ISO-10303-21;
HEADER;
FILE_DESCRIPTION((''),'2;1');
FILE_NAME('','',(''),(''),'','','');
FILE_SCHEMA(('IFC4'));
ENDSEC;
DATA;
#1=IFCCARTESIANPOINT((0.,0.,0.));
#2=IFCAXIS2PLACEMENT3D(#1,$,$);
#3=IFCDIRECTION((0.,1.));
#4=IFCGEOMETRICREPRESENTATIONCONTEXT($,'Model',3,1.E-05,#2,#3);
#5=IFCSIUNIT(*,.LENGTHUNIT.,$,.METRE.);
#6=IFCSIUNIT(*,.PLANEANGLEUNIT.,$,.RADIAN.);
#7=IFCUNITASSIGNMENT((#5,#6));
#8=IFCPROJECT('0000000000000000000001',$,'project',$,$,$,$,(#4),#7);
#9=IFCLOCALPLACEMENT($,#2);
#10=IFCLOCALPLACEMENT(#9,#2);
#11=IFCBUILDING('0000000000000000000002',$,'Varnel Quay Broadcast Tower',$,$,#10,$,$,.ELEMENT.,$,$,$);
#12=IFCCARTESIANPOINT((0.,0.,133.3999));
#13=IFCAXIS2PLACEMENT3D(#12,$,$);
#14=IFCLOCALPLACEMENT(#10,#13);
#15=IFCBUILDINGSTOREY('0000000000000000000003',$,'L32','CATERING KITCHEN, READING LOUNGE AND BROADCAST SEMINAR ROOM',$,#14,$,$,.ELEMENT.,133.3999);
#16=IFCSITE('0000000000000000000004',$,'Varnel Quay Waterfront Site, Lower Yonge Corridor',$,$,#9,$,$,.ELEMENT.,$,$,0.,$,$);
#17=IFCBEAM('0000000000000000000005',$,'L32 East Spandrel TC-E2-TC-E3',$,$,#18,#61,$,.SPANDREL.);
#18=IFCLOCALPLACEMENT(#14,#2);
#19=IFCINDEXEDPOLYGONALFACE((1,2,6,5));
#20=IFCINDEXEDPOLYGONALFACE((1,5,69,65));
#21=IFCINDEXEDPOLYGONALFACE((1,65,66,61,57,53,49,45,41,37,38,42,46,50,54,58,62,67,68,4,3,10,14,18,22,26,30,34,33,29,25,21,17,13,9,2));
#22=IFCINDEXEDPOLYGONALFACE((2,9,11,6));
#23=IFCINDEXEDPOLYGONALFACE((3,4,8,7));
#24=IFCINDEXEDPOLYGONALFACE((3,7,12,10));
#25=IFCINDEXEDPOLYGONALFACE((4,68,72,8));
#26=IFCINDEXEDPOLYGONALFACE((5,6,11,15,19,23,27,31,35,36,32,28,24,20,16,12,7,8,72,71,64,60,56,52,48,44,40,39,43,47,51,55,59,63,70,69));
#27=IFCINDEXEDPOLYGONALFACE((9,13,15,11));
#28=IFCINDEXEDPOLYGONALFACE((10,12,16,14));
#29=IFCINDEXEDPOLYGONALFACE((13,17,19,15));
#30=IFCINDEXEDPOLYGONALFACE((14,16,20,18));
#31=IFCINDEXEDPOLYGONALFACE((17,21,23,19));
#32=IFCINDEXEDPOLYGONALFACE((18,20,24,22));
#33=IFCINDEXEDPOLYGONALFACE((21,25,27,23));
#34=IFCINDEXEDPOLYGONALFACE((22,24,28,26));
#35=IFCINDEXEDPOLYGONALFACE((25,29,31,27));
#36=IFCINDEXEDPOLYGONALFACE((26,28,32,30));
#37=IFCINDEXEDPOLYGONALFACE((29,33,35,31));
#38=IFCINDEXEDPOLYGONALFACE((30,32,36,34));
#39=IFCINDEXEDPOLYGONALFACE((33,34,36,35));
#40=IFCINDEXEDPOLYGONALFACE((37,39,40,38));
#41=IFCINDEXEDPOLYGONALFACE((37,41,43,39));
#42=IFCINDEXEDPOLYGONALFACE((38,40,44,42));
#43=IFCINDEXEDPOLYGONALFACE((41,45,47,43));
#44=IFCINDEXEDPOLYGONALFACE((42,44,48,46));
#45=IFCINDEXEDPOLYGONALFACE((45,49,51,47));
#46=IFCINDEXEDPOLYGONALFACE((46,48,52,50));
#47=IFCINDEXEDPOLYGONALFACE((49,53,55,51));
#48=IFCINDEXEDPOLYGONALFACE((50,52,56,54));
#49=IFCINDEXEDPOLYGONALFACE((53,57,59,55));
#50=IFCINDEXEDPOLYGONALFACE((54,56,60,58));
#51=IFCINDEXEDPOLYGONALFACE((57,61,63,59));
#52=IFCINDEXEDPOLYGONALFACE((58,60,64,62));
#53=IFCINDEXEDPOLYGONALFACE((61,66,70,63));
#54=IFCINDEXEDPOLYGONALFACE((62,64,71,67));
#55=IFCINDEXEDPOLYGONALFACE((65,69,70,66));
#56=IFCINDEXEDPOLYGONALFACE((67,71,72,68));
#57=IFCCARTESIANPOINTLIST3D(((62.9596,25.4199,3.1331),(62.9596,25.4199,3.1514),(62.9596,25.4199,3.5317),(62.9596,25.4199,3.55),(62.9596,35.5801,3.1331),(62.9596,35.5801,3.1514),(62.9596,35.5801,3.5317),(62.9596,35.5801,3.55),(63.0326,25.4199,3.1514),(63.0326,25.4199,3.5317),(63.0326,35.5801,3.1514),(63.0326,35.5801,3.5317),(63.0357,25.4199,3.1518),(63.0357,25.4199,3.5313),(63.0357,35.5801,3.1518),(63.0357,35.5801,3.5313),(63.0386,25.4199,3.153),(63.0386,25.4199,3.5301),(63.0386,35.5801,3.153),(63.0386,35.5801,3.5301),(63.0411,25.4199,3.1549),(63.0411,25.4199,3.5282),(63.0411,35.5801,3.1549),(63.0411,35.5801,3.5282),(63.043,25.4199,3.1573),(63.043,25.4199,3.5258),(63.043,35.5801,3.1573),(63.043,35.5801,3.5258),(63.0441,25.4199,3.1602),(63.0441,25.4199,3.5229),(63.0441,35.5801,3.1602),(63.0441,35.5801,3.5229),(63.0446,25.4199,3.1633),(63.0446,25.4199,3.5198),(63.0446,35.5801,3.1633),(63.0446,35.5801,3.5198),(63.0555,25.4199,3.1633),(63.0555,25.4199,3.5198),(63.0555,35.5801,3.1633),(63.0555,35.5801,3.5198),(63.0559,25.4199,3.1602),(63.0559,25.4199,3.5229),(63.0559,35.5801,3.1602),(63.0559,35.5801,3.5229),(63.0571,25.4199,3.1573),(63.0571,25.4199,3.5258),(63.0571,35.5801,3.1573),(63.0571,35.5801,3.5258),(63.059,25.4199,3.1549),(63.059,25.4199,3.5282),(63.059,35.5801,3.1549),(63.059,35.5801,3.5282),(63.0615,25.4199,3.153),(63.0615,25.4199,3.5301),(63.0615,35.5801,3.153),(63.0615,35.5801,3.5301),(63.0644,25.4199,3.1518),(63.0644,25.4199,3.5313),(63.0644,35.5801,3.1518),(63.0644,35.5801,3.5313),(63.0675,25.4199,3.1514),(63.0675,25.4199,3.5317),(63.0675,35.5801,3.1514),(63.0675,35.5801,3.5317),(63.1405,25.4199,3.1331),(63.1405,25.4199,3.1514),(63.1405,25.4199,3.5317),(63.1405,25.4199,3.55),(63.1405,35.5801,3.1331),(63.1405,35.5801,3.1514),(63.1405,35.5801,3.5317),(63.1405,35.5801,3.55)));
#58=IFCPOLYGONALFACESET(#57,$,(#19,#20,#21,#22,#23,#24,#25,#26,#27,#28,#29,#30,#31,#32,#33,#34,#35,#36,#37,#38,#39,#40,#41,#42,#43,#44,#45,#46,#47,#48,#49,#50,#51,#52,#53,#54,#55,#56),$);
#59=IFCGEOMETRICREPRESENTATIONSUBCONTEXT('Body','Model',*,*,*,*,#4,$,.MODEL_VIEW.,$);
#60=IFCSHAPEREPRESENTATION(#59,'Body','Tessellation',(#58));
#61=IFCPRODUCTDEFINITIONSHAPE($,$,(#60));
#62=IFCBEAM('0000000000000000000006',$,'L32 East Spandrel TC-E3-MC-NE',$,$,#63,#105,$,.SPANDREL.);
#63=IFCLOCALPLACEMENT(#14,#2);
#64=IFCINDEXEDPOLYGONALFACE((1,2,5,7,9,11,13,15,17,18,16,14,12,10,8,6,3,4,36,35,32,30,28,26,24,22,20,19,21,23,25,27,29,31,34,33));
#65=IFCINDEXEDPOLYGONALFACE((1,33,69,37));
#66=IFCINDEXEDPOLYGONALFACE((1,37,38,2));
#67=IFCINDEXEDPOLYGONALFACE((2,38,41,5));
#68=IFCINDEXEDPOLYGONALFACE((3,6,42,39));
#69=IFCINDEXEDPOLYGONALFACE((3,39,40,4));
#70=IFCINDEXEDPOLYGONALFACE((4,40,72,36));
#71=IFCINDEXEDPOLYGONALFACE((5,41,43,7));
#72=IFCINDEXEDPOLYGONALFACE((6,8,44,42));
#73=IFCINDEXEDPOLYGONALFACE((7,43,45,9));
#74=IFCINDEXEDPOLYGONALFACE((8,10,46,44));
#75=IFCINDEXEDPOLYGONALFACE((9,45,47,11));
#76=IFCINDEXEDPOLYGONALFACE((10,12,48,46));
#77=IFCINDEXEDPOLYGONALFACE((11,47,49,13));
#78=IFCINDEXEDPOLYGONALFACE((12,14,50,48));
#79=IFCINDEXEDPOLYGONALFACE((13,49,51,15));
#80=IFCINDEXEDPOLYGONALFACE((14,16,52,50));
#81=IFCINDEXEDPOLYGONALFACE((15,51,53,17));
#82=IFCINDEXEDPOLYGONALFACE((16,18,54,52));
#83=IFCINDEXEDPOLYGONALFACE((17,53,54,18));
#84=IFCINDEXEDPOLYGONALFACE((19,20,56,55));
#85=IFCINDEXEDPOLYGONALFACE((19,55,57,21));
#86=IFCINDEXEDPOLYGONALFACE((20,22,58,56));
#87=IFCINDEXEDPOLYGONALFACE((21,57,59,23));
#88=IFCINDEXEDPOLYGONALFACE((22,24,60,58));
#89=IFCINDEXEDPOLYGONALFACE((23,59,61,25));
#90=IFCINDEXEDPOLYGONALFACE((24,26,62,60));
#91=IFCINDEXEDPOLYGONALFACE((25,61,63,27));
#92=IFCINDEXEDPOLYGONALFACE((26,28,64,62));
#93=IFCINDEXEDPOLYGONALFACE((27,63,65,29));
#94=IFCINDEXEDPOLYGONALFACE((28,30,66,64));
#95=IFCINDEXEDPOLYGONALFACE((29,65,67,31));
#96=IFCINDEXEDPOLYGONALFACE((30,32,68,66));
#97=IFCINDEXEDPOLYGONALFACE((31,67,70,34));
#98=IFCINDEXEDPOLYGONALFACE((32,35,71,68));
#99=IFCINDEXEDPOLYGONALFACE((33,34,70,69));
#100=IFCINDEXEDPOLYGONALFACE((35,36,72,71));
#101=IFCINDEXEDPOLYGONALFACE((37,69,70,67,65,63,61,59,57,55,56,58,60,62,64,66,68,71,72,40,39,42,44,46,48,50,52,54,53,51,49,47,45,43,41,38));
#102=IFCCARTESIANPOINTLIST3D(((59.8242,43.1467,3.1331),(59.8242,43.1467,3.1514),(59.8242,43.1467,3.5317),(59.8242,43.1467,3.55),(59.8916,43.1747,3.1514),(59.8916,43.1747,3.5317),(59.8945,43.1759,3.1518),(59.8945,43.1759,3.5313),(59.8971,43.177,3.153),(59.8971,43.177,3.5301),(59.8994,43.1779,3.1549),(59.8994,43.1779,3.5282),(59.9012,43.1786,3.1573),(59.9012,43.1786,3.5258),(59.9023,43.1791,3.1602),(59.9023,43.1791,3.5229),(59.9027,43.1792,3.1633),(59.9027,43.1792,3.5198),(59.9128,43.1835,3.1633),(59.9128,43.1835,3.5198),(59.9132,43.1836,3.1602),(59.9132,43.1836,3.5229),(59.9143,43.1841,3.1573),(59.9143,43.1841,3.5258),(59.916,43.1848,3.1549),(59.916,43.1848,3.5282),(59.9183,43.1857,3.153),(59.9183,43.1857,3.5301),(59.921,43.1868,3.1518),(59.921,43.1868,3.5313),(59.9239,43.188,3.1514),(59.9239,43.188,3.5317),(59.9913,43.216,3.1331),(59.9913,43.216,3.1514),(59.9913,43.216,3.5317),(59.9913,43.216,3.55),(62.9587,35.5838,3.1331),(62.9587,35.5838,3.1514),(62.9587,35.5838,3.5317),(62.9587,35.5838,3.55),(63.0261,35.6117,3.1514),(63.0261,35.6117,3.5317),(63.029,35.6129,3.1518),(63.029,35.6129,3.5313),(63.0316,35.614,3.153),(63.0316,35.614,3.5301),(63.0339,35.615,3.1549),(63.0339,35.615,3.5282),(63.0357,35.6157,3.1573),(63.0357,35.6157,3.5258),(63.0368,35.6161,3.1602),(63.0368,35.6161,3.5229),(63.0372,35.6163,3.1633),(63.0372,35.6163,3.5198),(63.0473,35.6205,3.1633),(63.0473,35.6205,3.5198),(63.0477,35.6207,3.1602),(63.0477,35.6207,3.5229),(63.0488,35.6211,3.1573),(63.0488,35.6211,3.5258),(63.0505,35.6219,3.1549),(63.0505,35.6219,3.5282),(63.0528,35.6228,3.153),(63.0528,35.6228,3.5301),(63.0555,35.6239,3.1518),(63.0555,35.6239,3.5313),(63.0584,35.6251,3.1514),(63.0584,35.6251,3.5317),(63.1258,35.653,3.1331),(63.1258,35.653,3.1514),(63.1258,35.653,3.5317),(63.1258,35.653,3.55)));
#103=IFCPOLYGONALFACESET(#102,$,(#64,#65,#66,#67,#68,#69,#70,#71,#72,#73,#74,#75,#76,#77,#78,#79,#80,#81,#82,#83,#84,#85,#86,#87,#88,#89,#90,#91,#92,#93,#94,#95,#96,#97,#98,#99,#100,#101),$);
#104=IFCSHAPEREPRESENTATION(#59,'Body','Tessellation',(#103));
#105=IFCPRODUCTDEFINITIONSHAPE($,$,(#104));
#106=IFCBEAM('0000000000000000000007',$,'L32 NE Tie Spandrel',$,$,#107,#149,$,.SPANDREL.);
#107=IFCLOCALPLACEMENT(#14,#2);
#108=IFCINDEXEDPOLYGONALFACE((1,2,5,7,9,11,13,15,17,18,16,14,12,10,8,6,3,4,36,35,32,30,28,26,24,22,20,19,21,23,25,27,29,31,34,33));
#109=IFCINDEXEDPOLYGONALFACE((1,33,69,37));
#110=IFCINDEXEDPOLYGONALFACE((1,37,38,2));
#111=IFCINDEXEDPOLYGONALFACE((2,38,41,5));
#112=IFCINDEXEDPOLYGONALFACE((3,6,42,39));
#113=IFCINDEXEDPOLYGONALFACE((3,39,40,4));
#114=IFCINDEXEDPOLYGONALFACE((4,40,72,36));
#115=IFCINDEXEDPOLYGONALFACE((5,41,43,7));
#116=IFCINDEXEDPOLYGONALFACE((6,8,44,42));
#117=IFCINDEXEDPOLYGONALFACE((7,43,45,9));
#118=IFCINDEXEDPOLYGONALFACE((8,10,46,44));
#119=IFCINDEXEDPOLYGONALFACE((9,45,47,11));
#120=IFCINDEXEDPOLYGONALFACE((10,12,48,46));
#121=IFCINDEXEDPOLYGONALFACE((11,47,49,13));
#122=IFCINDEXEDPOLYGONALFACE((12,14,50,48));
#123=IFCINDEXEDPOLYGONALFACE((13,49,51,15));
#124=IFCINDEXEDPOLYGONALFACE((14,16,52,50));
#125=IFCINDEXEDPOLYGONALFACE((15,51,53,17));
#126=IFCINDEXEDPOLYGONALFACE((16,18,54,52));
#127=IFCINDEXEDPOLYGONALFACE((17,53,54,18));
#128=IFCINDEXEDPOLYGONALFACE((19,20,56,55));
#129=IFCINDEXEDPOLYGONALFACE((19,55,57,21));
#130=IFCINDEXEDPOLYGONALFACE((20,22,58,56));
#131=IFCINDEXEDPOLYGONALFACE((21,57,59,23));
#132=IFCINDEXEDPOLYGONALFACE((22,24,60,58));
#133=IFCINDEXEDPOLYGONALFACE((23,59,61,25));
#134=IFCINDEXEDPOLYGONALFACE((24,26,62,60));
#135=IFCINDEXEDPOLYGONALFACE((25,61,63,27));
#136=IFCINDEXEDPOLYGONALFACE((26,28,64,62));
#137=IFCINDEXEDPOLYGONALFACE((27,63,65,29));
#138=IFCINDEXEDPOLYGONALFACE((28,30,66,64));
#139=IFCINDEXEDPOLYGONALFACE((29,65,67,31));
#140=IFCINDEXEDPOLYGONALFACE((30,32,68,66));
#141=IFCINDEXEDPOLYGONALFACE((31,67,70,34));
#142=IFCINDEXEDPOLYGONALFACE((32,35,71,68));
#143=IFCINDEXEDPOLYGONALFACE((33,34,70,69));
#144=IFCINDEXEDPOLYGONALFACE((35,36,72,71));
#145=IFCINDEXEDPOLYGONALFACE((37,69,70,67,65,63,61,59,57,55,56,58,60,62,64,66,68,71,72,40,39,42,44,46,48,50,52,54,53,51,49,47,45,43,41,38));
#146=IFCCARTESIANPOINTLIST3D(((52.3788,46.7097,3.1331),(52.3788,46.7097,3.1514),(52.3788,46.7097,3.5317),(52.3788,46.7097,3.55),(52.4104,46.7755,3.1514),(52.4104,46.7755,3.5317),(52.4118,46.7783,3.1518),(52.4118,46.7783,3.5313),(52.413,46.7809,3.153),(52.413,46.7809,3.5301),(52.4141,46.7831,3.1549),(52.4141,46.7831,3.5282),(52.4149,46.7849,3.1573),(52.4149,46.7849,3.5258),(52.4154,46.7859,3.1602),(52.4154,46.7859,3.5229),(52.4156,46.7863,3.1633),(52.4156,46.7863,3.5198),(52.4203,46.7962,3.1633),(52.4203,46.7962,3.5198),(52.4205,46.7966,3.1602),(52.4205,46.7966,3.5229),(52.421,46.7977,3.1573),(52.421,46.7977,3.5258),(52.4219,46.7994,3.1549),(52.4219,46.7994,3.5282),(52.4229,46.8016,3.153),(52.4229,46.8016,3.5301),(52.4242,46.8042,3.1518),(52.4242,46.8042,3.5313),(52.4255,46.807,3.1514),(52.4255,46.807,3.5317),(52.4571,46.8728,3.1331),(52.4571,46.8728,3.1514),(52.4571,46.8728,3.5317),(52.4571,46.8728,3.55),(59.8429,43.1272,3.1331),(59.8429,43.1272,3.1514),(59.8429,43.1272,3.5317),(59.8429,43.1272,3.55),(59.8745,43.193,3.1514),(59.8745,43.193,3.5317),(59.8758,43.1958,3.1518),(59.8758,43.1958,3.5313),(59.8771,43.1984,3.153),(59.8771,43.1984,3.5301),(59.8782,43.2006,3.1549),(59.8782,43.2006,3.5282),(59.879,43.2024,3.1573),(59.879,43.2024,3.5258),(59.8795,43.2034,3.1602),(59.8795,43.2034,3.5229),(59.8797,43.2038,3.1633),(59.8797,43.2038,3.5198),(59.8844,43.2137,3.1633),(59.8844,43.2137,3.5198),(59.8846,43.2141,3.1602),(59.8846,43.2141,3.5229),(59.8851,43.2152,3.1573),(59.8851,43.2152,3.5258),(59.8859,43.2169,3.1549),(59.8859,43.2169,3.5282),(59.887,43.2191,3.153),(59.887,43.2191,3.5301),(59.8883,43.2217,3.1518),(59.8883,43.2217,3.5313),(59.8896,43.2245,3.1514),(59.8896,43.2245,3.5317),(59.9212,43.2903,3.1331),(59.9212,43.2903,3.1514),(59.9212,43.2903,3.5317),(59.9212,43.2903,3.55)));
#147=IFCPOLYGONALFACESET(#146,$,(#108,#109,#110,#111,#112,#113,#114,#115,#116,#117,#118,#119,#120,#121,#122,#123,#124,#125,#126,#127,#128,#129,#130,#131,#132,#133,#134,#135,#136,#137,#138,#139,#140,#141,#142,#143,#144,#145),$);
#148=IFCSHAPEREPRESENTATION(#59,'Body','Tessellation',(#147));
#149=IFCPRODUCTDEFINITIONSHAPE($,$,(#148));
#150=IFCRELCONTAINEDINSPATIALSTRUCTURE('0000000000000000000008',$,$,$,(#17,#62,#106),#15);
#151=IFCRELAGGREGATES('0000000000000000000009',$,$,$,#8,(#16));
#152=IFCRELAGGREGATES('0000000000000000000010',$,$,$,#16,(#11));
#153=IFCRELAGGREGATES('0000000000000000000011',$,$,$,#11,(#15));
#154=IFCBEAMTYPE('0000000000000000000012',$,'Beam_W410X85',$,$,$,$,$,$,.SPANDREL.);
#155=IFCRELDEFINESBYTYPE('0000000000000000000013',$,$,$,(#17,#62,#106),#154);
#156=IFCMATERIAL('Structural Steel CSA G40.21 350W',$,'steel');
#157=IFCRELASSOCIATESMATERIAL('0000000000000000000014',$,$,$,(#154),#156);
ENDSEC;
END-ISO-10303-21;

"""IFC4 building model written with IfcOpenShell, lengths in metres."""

from ifc_helpers import new_model, si_unit, direction, frame, origin, origin_2d, place, context, subcontext, project, spatial, i_section, extrude, source, transform, mapped, material, material_profile, profile_set, type_object, type_shapes, element, save


model = new_model("IFC4")

# Units and contexts
model_context = context("Model", 3, precision=1e-05, world=origin(), true_north=direction((0.0, 1.0)))
body_context = subcontext(model_context, "Body", "Model", "MODEL_VIEW")
ifc_project = project(units=[si_unit("LENGTHUNIT", "METRE"), si_unit("PLANEANGLEUNIT", "RADIAN")], contexts=[model_context])

# Site, building, storey
site_placement = place(None, origin())
site = spatial("IfcSite", under=ifc_project, at=site_placement, Name="Varnel Quay Waterfront Site, Lower Yonge Corridor", CompositionType="ELEMENT", RefElevation=0.0)
building_placement = place(site_placement, origin())
building = spatial("IfcBuilding", under=site, at=building_placement, Name="Varnel Quay Broadcast Tower", CompositionType="ELEMENT")
storey_placement = place(building_placement, frame((0.0, 0.0, 133.3999)))
storey = spatial("IfcBuildingStorey", under=building, at=storey_placement, Name="L32", Description="CATERING KITCHEN, READING LOUNGE AND BROADCAST SEMINAR ROOM", CompositionType="ELEMENT", Elevation=133.3999)

# Shared definitions
ifc_material_1 = material(Name="Structural Steel CSA G40.21 350W", Category="steel")

# Beams
ifc_material_profile_1 = material_profile(ifc_material_1, i_section(OverallWidth=0.1809, OverallDepth=0.417, WebThickness=0.011, FlangeThickness=0.0183, FilletRadius=0.012, at=origin_2d()), Name="W410X85")
ifc_profile_set_1 = profile_set([ifc_material_profile_1], Name="Structural Steel CSA G40.21 350W")
beam_type_1 = type_object("IfcBeamType", Name="Beam_W410X85", PredefinedType="SPANDREL", material=ifc_profile_set_1)
shared_shape_1 = source(origin(), body_context, "Body", "SweptSolid", [
    extrude(i_section(OverallWidth=0.1809, OverallDepth=0.417, WebThickness=0.011, FlangeThickness=0.0183, FilletRadius=0.012, at=origin_2d()), origin(), (0.0, 0.0, 1.0), 10.1602),
])
beam_1_placement = place(storey_placement, frame((63.05, 25.4199, 3.3416), z_axis=(0.0, 1.0, 0.0), x_axis=(-1.0, 0.0, 0.0)))
element("IfcBeam", 1, at=beam_1_placement, inside=storey, type_object=beam_type_1, Name="L32 East Spandrel TC-E2-TC-E3", PredefinedType="SPANDREL", context=body_context, shape_type="MappedRepresentation", body=[
    mapped(shared_shape_1, transform((0.0, 0.0, 0.0), x_axis=(1.0, 0.0, 0.0), y_axis=(0.0, 1.0, 0.0), z_axis=(0.0, 0.0, 1.0), scale=1.0)),
])
shared_shape_2 = source(origin(), body_context, "Body", "SweptSolid", [
    extrude(i_section(OverallWidth=0.1809, OverallDepth=0.417, WebThickness=0.011, FlangeThickness=0.0183, FilletRadius=0.012, at=origin_2d()), origin(), (0.0, 0.0, 1.0), 8.1868),
])
beam_2_placement = place(storey_placement, frame((63.0422, 35.6184, 3.3416), z_axis=(-0.382874, 0.923801, 0.0), x_axis=(-0.923801, -0.382874, 0.0)))
element("IfcBeam", 2, at=beam_2_placement, inside=storey, type_object=beam_type_1, Name="L32 East Spandrel TC-E3-MC-NE", PredefinedType="SPANDREL", context=body_context, shape_type="MappedRepresentation", body=[
    mapped(shared_shape_2, transform((0.0, 0.0, 0.0), x_axis=(1.0, 0.0, 0.0), y_axis=(0.0, 1.0, 0.0), z_axis=(0.0, 0.0, 1.0), scale=1.0)),
])
shared_shape_3 = source(origin(), body_context, "Body", "SweptSolid", [
    extrude(i_section(OverallWidth=0.1809, OverallDepth=0.417, WebThickness=0.011, FlangeThickness=0.0183, FilletRadius=0.012, at=origin_2d()), origin(), (0.0, 0.0, 1.0), 8.2793),
])
type_shapes(beam_type_1, [shared_shape_1, shared_shape_2, shared_shape_3])
beam_3_placement = place(storey_placement, frame((52.418, 46.7913, 3.3416), z_axis=(0.901535, -0.432706, 0.0), x_axis=(0.432706, 0.901535, 0.0)))
element("IfcBeam", 3, at=beam_3_placement, inside=storey, type_object=beam_type_1, Name="L32 NE Tie Spandrel", PredefinedType="SPANDREL", context=body_context, shape_type="MappedRepresentation", body=[
    mapped(shared_shape_3, transform((0.0, 0.0, 0.0), x_axis=(1.0, 0.0, 0.0), y_axis=(0.0, 1.0, 0.0), z_axis=(0.0, 0.0, 1.0), scale=1.0)),
])

save(model, "model.ifc")
